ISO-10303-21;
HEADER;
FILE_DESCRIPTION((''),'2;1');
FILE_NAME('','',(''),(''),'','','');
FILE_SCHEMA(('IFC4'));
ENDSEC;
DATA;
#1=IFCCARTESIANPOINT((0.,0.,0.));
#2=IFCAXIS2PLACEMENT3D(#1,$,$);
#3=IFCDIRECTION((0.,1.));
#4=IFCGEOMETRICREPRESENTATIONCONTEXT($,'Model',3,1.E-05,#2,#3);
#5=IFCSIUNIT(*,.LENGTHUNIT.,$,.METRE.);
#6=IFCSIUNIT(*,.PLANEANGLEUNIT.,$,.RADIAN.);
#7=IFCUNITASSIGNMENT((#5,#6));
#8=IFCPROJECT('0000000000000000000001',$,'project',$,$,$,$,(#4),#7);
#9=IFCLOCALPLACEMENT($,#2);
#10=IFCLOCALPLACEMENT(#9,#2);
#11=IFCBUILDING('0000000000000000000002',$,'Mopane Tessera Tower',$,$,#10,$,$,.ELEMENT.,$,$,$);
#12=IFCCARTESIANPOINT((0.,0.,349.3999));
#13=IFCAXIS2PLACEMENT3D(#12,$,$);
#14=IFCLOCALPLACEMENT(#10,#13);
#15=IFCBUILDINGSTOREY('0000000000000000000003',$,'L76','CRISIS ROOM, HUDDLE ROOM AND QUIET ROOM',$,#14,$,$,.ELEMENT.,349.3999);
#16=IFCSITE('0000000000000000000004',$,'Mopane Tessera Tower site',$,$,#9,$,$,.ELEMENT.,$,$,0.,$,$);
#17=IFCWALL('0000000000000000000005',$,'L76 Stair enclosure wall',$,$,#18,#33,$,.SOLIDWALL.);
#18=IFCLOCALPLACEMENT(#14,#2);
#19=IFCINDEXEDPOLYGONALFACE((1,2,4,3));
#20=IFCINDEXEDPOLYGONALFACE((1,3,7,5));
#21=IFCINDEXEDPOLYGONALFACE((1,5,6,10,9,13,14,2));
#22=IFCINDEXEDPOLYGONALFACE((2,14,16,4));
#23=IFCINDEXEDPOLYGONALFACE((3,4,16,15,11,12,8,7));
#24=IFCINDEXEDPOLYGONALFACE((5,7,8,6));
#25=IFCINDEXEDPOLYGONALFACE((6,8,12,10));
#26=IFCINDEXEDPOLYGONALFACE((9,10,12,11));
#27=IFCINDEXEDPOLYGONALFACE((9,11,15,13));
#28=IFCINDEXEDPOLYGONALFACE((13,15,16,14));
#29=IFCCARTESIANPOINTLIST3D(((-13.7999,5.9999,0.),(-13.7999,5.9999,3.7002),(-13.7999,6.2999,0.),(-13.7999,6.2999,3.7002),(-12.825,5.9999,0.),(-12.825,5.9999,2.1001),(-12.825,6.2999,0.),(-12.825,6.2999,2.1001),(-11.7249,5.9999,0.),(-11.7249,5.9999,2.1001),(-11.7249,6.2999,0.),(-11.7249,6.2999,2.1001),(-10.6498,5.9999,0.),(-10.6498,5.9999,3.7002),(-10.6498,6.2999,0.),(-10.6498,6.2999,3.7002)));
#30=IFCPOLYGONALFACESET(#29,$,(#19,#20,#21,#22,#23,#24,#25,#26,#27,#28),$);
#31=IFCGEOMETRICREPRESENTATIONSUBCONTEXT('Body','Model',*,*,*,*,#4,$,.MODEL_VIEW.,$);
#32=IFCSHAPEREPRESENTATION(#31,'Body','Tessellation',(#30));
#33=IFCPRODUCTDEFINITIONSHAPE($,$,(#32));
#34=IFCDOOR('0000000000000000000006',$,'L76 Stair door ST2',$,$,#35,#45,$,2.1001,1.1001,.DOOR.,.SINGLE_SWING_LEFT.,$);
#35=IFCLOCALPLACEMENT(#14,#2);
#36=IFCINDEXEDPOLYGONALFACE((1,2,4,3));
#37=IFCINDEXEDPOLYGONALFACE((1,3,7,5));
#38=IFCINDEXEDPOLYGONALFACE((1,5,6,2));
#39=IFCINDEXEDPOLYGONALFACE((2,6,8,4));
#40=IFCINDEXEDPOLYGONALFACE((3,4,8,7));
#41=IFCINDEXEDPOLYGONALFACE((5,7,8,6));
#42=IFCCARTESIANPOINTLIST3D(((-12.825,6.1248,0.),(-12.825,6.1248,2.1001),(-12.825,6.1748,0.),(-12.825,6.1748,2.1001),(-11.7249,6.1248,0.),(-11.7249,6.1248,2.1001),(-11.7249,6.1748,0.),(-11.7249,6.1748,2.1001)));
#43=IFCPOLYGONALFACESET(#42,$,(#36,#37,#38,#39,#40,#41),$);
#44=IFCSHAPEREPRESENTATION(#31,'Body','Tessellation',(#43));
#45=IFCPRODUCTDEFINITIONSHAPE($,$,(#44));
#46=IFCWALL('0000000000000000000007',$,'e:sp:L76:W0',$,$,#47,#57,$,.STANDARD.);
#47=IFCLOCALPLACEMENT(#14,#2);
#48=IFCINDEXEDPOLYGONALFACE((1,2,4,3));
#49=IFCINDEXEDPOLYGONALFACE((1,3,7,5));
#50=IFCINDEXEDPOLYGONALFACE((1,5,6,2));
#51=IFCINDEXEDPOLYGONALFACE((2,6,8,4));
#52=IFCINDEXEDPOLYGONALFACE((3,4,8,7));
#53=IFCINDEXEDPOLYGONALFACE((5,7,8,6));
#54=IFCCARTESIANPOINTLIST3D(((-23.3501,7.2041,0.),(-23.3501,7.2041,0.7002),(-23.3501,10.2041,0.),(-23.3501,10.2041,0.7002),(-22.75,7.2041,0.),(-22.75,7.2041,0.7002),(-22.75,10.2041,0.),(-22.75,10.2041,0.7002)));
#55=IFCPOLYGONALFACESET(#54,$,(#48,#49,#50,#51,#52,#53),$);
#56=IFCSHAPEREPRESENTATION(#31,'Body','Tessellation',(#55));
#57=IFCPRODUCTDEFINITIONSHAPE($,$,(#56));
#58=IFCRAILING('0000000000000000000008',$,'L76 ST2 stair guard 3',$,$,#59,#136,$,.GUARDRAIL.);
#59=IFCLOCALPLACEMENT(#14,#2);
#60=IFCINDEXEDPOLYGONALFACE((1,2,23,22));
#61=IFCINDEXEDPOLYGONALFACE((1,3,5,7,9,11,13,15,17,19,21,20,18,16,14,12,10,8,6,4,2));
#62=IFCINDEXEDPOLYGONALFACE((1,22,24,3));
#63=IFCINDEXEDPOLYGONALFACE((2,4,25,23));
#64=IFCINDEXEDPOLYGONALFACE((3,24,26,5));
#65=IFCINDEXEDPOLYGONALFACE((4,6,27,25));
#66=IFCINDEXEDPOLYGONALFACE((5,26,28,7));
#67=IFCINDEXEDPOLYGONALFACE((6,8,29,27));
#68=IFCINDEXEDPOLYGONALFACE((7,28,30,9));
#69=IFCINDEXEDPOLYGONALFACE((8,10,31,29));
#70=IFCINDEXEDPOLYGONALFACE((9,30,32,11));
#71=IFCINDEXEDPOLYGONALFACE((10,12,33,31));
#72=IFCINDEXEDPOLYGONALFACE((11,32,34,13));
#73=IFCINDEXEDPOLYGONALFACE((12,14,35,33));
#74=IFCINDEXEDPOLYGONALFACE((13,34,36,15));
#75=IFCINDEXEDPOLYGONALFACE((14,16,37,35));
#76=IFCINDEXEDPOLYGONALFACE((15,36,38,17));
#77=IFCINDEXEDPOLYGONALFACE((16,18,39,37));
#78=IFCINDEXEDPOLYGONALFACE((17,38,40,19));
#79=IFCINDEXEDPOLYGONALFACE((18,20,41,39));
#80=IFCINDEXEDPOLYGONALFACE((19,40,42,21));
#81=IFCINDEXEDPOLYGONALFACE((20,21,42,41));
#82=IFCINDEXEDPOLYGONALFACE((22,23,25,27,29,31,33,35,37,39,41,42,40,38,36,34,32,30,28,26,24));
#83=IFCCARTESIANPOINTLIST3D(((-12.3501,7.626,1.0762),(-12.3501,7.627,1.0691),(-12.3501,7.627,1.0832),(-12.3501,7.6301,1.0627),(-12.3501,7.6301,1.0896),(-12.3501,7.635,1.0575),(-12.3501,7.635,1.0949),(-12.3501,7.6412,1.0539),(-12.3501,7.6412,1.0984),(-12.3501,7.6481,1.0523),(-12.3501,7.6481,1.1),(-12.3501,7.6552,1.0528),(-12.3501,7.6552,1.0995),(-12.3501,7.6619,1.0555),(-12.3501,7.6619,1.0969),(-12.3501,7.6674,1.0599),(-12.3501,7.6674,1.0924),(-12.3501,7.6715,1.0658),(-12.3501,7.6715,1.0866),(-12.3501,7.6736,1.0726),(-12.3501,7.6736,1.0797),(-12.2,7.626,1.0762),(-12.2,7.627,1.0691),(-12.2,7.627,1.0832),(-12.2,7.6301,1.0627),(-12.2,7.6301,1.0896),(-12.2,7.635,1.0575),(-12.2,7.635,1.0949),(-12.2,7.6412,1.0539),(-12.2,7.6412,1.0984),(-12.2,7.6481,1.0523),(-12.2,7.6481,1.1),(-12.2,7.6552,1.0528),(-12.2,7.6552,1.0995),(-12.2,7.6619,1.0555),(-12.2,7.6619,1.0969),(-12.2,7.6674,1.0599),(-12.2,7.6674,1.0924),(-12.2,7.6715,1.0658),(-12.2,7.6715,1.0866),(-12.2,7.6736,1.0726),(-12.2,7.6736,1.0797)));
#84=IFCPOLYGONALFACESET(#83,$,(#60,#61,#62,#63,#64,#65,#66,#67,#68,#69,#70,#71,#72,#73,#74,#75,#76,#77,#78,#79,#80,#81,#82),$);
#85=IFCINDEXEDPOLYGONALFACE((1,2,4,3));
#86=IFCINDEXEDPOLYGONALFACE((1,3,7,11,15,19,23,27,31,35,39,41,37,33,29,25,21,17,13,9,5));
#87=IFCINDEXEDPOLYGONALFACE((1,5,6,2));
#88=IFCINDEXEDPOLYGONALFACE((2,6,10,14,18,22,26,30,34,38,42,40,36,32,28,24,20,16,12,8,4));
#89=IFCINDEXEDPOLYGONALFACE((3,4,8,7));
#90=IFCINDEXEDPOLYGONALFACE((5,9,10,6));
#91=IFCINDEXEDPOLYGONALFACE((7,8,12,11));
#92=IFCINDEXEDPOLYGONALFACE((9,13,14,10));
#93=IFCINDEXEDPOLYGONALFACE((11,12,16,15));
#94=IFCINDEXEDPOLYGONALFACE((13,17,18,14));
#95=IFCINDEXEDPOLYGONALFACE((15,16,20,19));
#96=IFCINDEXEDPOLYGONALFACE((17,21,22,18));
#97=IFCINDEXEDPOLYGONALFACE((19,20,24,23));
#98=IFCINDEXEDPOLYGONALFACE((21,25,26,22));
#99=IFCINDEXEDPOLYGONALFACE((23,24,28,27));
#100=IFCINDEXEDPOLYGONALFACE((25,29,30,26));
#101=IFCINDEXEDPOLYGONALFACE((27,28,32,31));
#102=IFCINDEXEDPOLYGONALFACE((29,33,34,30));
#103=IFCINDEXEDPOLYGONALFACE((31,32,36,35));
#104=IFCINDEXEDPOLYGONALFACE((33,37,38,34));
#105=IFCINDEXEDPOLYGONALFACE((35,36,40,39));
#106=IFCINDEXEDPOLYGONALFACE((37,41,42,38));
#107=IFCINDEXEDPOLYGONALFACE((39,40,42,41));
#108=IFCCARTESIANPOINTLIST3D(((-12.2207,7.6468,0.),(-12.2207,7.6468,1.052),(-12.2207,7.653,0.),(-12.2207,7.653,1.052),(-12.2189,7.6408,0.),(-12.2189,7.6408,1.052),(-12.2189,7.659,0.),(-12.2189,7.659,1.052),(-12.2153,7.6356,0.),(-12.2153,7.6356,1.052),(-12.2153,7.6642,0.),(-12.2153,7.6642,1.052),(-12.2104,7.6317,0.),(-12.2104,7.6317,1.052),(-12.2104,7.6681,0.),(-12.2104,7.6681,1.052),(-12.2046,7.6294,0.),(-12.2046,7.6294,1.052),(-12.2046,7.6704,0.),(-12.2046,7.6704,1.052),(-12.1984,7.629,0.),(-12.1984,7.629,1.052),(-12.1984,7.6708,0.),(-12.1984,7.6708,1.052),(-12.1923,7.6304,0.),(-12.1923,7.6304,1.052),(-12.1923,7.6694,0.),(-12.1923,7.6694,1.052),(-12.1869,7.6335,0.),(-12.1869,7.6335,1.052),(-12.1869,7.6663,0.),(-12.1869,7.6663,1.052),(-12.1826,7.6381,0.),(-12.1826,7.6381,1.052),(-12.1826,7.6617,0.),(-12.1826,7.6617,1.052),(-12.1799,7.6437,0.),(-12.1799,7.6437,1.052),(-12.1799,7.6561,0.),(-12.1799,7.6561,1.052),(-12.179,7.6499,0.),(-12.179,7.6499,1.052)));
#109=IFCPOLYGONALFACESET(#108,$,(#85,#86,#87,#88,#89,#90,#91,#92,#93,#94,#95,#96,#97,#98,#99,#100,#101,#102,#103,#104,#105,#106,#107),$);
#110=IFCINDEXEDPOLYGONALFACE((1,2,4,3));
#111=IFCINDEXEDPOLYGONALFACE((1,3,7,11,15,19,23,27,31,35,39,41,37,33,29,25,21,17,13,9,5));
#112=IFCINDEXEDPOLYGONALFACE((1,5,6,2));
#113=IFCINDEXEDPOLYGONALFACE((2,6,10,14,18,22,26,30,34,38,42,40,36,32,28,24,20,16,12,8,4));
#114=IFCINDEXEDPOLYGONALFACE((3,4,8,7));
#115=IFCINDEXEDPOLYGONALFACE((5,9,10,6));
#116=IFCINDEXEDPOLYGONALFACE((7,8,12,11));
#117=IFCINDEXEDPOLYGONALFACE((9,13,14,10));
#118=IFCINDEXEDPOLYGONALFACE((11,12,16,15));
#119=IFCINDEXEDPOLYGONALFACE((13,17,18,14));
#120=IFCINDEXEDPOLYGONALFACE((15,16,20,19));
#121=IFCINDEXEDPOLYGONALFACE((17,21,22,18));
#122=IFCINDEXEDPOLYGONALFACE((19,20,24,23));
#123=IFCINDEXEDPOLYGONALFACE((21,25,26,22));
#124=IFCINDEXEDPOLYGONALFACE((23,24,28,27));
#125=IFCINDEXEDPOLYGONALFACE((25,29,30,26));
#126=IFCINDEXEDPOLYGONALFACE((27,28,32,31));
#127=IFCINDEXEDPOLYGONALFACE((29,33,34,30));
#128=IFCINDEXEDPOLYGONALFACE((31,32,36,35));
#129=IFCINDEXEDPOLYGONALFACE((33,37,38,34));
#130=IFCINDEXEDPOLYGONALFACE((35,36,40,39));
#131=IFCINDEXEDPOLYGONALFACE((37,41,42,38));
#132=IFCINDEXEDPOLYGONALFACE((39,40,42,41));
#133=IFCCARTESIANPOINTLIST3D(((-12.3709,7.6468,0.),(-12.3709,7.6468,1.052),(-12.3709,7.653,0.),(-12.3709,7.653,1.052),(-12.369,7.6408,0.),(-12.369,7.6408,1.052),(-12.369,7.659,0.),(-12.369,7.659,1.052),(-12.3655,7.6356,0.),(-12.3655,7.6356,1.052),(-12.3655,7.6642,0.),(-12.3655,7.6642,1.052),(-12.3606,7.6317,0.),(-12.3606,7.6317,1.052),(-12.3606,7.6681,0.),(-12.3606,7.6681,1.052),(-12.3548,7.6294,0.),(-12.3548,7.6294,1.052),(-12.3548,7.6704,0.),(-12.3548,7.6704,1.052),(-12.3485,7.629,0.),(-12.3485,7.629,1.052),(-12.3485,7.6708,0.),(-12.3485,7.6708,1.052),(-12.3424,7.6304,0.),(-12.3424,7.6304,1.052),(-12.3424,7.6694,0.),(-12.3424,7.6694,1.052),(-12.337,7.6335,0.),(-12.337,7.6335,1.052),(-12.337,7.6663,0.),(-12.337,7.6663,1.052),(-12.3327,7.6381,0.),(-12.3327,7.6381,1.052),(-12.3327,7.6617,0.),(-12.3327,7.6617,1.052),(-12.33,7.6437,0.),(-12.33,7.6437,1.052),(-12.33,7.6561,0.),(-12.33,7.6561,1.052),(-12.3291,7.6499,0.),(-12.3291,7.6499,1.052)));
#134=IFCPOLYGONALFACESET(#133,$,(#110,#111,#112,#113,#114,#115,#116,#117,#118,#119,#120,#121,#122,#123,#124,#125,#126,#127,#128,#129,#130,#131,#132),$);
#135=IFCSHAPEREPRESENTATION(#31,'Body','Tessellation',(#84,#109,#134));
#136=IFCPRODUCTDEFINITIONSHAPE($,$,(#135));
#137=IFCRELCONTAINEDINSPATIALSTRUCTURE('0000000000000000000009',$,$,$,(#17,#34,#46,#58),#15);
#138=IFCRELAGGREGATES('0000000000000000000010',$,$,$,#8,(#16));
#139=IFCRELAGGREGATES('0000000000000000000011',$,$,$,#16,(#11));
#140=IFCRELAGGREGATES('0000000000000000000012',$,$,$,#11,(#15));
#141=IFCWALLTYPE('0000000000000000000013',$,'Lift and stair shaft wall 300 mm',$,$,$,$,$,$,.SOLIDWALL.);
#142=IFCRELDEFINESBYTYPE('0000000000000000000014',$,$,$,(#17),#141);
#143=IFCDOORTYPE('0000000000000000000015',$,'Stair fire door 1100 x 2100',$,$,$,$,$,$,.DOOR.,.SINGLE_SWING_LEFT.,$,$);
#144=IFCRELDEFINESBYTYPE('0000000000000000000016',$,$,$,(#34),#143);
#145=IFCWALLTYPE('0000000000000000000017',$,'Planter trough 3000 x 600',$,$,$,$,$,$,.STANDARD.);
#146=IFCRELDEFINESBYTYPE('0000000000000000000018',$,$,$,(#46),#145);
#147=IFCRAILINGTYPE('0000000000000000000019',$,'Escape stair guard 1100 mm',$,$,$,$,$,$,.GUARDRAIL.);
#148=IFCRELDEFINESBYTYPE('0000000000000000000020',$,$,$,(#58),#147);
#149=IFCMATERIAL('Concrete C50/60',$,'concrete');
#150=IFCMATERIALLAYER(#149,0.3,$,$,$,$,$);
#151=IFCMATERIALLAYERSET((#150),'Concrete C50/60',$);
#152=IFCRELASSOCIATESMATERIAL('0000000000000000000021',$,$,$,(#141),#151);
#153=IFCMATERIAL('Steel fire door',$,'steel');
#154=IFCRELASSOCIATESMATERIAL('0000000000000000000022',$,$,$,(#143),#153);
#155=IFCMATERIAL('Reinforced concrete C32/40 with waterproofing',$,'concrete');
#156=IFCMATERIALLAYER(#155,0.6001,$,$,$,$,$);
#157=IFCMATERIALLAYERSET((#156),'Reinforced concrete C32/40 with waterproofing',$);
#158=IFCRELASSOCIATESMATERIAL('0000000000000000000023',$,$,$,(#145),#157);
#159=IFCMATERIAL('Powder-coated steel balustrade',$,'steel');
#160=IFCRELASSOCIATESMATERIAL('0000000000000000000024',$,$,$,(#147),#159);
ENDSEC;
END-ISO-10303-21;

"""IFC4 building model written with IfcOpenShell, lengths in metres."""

from ifc_helpers import new_model, si_unit, direction, frame, frame_2d, origin, origin_2d, place, context, subcontext, project, spatial, rectangle, circle, extrude, material, layer, layer_set, type_object, element, fill, save


model = new_model("IFC4")

# Units and contexts
model_context = context("Model", 3, precision=1e-05, world=origin(), true_north=direction((0.0, 1.0)))
body_context = subcontext(model_context, "Body", "Model", "MODEL_VIEW")
ifc_project = project(units=[si_unit("LENGTHUNIT", "METRE"), si_unit("PLANEANGLEUNIT", "RADIAN")], contexts=[model_context])

# Site, building, storey
site_placement = place(None, origin())
site = spatial("IfcSite", under=ifc_project, at=site_placement, Name="Mopane Tessera Tower site", CompositionType="ELEMENT", RefElevation=0.0)
building_placement = place(site_placement, origin())
building = spatial("IfcBuilding", under=site, at=building_placement, Name="Mopane Tessera Tower", CompositionType="ELEMENT")
storey_placement = place(building_placement, frame((0.0, 0.0, 349.3999)))
storey = spatial("IfcBuildingStorey", under=building, at=storey_placement, Name="L76", Description="CRISIS ROOM, HUDDLE ROOM AND QUIET ROOM", CompositionType="ELEMENT", Elevation=349.3999)

# Wall, opening, door
ifc_material_1 = material(Name="Concrete C50/60", Category="concrete")
ifc_layer_1 = layer(ifc_material_1, 0.3)
ifc_layer_set_1 = layer_set([ifc_layer_1], Name="Concrete C50/60")
wall_type_1 = type_object("IfcWallType", Name="Lift and stair shaft wall 300 mm", PredefinedType="SOLIDWALL", material=ifc_layer_set_1)
ifc_material_2 = material(Name="Steel fire door", Category="steel")
door_type = type_object("IfcDoorType", Name="Stair fire door 1100 x 2100", OperationType="SINGLE_SWING_LEFT", PredefinedType="DOOR", material=ifc_material_2)
wall_1_placement = place(storey_placement, frame((-13.8, 6.1499, 0.0), z_axis=(0.0, 0.0, 1.0), x_axis=(1.0, 0.0, 0.0)))
wall_1 = element("IfcWall", 1, at=wall_1_placement, inside=storey, type_object=wall_type_1, Name="L76 Stair enclosure wall", PredefinedType="SOLIDWALL", context=body_context, shape_type="SweptSolid", body=[
    extrude(rectangle(XDim=3.1501, YDim=0.3, at=frame_2d((1.5752, 0.0))), origin(), (0.0, 0.0, 1.0), 3.7002),
])
opening_1_placement = place(wall_1_placement, frame((0.9751, 0.0, 0.0)))
opening_1 = element("IfcOpeningElement", 2, at=opening_1_placement, cuts=wall_1, PredefinedType="OPENING", context=body_context, shape_type="SweptSolid", body=[
    extrude(rectangle(XDim=1.1001, YDim=2.1001, at=frame_2d((0.55, 1.05))), frame((0.0, 0.1621, 0.0), z_axis=(0.0, -1.0, 0.0), x_axis=(1.0, 0.0, 0.0)), (0.0, 0.0, 1.0), 0.324),
])
door_1_placement = place(opening_1_placement, origin())
door_1 = element("IfcDoor", 3, at=door_1_placement, inside=storey, type_object=door_type, Name="L76 Stair door ST2", OperationType="SINGLE_SWING_LEFT", OverallHeight=2.1001, OverallWidth=1.1001, PredefinedType="DOOR", context=body_context, shape_type="SweptSolid", body=[
    extrude(rectangle(XDim=1.1001, YDim=2.1001, at=frame_2d((0.55, 1.05))), frame((0.0, 0.0249, 0.0), z_axis=(0.0, -1.0, 0.0), x_axis=(1.0, 0.0, 0.0)), (0.0, 0.0, 1.0), 0.05),
])
fill(opening_1, door_1)

# Wall
ifc_material_3 = material(Name="Reinforced concrete C32/40 with waterproofing", Category="concrete")
ifc_layer_2 = layer(ifc_material_3, 0.6001)
ifc_layer_set_2 = layer_set([ifc_layer_2], Name="Reinforced concrete C32/40 with waterproofing")
wall_type_2 = type_object("IfcWallType", Name="Planter trough 3000 x 600", PredefinedType="STANDARD", material=ifc_layer_set_2)
wall_2_placement = place(storey_placement, frame((-23.05, 10.2041, 0.0), z_axis=(0.0, 0.0, 1.0), x_axis=(0.0, -1.0, 0.0)))
element("IfcWall", 4, at=wall_2_placement, inside=storey, type_object=wall_type_2, Name="e:sp:L76:W0", PredefinedType="STANDARD", context=body_context, shape_type="SweptSolid", body=[
    extrude(rectangle(XDim=3.0, YDim=0.6001, at=frame_2d((1.5, 0.0))), origin(), (0.0, 0.0, 1.0), 0.7002),
])

# Railing
ifc_material_4 = material(Name="Powder-coated steel balustrade", Category="steel")
railing_type = type_object("IfcRailingType", Name="Escape stair guard 1100 mm", PredefinedType="GUARDRAIL", material=ifc_material_4)
railing_1_placement = place(storey_placement, frame((-12.2, 7.6499, 0.0)))
element("IfcRailing", 5, at=railing_1_placement, inside=storey, type_object=railing_type, Name="L76 ST2 stair guard 3", PredefinedType="GUARDRAIL", context=body_context, shape_type="SweptSolid", body=[
    extrude(circle(Radius=0.0239, at=origin_2d()), frame((0.0, 0.0, 1.0762), z_axis=(-1.0, 0.0, 0.0), x_axis=(0.0, -1.0, 0.0)), (0.0, 0.0, 1.0), 0.1501),
    extrude(circle(Radius=0.021, at=origin_2d()), origin(), (0.0, 0.0, 1.0), 1.052),
    extrude(circle(Radius=0.021, at=origin_2d()), frame((-0.1501, 0.0, 0.0)), (0.0, 0.0, 1.0), 1.052),
])

save(model, "model.ifc")
